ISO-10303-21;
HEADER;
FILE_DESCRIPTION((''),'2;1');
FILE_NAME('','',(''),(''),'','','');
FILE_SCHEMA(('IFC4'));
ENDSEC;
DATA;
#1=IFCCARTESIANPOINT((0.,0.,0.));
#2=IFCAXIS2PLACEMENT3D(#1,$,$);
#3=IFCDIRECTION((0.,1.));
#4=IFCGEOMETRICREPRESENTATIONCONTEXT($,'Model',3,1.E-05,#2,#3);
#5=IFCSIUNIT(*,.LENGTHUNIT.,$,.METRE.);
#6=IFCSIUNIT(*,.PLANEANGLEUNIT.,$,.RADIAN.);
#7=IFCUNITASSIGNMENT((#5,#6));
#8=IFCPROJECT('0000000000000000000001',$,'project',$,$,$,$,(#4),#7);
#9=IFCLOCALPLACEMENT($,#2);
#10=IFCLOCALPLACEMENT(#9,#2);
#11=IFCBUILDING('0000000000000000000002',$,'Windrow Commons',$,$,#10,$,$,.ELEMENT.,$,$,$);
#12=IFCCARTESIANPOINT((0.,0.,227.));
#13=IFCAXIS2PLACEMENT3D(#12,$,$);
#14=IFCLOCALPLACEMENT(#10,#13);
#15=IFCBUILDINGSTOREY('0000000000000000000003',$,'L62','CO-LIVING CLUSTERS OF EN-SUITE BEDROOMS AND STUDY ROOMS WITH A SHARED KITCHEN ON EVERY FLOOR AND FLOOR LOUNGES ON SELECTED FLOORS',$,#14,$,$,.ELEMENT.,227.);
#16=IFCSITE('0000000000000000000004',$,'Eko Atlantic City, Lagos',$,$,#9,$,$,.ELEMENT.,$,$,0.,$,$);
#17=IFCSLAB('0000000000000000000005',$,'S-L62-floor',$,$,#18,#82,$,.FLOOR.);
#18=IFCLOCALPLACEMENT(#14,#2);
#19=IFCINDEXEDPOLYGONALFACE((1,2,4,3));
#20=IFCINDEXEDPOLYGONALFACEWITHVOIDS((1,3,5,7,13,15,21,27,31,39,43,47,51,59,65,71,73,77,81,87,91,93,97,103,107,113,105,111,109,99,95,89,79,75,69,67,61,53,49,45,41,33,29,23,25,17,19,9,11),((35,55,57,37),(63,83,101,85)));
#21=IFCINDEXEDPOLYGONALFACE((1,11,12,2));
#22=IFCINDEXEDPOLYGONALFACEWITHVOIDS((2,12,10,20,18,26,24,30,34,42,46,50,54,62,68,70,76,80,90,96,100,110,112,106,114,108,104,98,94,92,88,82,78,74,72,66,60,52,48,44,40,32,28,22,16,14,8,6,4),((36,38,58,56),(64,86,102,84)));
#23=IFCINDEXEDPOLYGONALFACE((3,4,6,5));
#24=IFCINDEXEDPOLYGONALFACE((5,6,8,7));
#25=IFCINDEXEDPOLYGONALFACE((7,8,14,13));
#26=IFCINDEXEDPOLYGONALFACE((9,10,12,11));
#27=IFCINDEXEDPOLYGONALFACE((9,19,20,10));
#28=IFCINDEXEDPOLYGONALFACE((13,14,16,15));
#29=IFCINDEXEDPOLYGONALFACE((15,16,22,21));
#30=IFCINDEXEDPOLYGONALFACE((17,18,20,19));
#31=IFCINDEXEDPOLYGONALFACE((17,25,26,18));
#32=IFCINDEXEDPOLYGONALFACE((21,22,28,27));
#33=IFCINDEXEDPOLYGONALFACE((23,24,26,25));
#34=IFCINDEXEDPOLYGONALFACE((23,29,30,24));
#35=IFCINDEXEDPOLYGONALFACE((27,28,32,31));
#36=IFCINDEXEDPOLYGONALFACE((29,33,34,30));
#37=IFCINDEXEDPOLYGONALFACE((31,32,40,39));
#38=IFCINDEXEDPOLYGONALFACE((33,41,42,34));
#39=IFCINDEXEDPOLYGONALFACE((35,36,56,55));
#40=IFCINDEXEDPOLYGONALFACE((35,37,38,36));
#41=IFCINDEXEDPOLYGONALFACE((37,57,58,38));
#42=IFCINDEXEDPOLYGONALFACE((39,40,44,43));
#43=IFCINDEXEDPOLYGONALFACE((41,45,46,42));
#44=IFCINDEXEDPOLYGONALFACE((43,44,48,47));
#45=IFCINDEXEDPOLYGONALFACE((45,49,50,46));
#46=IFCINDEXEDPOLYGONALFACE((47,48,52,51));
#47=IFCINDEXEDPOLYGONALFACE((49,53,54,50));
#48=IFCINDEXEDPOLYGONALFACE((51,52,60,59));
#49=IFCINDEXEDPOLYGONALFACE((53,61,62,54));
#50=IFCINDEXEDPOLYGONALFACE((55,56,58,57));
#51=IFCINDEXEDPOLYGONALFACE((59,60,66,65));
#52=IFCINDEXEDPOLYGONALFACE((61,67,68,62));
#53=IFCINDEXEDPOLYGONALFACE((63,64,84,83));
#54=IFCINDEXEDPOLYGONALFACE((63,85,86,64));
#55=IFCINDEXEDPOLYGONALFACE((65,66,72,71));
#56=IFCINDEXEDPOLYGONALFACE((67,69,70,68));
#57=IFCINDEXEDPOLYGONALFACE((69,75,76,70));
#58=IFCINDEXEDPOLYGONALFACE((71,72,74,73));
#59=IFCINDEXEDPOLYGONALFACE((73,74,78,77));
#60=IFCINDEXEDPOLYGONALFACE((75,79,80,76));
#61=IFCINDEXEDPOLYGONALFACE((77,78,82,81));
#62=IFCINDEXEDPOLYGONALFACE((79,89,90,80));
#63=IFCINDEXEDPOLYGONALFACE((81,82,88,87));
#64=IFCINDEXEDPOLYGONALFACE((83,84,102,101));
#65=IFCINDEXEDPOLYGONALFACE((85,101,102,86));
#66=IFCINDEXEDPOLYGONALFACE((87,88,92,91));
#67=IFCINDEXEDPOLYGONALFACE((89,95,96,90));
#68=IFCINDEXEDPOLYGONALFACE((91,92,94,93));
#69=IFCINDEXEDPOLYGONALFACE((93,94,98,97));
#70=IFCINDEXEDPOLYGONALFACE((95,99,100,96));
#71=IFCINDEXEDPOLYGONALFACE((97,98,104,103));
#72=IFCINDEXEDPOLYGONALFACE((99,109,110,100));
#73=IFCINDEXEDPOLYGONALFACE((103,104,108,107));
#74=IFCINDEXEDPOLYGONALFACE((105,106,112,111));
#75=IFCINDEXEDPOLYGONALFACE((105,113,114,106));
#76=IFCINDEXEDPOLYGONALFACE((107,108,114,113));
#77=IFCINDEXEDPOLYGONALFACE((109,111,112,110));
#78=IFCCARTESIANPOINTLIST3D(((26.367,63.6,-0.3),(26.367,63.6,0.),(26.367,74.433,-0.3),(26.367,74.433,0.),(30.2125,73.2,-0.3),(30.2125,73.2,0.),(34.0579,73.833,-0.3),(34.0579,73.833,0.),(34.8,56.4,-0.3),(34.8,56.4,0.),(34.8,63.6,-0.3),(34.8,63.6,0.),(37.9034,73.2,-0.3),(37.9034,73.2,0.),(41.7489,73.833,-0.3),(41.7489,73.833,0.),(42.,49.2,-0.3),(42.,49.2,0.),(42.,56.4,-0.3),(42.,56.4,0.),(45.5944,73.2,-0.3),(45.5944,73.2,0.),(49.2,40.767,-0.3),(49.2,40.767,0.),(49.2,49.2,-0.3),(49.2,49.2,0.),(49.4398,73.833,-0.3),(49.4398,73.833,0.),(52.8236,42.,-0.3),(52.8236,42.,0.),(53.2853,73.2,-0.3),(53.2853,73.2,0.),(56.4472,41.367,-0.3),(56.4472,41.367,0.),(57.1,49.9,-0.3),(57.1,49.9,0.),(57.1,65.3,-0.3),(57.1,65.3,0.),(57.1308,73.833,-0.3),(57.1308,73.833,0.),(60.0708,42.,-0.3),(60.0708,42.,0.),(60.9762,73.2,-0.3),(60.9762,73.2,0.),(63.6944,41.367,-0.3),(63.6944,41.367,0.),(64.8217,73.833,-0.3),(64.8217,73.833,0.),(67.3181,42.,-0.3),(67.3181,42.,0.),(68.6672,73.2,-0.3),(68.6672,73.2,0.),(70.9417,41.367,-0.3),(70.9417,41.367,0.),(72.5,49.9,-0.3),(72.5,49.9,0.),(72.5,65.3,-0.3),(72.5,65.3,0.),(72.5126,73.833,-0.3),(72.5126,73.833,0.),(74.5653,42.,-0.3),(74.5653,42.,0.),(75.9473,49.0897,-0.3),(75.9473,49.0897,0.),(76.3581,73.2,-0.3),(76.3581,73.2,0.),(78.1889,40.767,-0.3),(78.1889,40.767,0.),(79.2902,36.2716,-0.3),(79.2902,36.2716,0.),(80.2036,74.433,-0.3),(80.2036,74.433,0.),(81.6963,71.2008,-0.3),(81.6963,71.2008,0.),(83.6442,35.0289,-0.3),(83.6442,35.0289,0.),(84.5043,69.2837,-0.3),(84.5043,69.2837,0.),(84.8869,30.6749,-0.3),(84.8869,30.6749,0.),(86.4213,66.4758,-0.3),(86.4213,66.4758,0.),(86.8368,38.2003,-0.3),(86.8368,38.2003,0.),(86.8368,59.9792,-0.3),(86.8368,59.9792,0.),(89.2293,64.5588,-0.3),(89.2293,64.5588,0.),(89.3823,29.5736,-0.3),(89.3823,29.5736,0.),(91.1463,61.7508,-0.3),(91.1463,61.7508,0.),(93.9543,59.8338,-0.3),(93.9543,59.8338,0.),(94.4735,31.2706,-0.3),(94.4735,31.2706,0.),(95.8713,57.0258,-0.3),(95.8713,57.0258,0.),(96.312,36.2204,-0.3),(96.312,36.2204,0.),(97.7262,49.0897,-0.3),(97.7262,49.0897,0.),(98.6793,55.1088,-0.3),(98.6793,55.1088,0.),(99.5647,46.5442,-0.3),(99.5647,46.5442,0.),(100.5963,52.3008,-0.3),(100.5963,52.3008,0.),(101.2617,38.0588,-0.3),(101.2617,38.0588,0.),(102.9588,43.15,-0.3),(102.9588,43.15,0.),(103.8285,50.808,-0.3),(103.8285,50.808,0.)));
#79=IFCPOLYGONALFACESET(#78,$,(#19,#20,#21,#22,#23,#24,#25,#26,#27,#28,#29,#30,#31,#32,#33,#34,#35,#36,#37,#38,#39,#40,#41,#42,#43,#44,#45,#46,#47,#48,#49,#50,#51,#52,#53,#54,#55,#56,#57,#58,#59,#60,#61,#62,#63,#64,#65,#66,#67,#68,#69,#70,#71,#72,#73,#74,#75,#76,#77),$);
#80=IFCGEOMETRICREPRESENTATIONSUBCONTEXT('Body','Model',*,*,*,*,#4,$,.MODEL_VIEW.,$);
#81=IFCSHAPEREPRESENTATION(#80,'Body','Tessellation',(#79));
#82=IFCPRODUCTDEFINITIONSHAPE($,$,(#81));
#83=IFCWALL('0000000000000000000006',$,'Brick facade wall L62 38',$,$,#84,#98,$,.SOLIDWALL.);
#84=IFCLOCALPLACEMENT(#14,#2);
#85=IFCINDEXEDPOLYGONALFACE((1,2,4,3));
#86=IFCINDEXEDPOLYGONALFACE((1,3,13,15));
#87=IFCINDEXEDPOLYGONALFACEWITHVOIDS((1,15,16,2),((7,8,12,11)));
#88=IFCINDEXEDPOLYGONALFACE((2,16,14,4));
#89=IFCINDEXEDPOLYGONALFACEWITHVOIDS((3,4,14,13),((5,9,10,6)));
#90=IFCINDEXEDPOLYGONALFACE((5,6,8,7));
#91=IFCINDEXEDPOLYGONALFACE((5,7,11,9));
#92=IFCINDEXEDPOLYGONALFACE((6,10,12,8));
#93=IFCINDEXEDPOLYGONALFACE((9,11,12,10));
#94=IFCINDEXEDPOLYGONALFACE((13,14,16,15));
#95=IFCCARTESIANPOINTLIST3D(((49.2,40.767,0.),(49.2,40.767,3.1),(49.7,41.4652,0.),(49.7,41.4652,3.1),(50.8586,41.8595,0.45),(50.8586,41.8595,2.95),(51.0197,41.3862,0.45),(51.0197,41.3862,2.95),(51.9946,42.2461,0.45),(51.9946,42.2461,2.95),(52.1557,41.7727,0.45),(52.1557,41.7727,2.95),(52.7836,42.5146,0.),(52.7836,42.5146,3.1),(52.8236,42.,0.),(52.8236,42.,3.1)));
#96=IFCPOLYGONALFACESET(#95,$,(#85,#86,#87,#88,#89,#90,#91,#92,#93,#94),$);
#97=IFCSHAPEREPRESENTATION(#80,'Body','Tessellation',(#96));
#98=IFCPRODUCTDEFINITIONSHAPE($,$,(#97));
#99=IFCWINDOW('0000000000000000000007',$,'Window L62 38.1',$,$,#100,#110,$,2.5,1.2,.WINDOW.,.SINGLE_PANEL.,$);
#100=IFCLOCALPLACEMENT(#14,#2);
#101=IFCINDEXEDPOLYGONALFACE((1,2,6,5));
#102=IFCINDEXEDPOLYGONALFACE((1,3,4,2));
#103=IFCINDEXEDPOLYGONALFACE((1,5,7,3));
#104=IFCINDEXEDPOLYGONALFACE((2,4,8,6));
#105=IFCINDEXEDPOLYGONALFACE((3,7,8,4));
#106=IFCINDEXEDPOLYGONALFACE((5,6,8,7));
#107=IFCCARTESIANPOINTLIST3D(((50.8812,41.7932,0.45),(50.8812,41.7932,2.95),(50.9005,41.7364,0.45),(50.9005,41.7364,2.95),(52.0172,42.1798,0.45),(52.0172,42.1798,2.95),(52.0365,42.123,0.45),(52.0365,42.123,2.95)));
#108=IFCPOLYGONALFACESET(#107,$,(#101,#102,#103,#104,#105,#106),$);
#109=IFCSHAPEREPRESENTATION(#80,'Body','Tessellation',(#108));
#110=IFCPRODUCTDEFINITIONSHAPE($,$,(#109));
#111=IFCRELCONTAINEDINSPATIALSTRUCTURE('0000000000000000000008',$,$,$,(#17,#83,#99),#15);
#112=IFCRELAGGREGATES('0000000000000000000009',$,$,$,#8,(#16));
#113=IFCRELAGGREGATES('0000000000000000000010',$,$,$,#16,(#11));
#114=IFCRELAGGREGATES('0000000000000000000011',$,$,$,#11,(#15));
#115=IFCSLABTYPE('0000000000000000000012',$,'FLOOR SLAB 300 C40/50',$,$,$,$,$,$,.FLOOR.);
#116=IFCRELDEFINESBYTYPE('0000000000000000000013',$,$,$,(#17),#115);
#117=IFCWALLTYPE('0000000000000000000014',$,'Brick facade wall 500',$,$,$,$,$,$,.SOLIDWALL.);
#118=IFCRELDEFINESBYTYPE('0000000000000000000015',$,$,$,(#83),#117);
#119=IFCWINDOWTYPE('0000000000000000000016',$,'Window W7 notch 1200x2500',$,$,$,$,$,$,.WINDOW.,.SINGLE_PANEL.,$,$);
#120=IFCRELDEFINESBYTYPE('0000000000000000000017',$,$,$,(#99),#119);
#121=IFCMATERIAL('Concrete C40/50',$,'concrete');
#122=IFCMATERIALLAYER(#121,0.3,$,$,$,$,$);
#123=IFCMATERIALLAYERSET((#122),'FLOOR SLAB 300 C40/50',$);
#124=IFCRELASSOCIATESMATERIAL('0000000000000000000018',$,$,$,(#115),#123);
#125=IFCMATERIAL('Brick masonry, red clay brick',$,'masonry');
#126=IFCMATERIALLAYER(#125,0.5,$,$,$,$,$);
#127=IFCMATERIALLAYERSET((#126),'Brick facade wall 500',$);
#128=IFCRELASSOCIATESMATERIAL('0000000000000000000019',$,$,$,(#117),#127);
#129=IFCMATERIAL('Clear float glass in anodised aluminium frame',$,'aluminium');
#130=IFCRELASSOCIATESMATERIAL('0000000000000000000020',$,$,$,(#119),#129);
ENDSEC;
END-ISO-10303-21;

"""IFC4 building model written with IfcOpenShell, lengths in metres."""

from ifc_helpers import new_model, si_unit, direction, frame, frame_2d, origin, place, context, subcontext, project, spatial, polyline, rectangle, outline, extrude, material, layer, layer_set, type_object, element, fill, save


model = new_model("IFC4")

# Units and contexts
model_context = context("Model", 3, precision=1e-05, world=origin(), true_north=direction((0.0, 1.0)))
body_context = subcontext(model_context, "Body", "Model", "MODEL_VIEW")
ifc_project = project(units=[si_unit("LENGTHUNIT", "METRE"), si_unit("PLANEANGLEUNIT", "RADIAN")], contexts=[model_context])

# Site, building, storey
site_placement = place(None, origin())
site = spatial("IfcSite", under=ifc_project, at=site_placement, Name="Eko Atlantic City, Lagos", CompositionType="ELEMENT", RefElevation=0.0)
building_placement = place(site_placement, origin())
building = spatial("IfcBuilding", under=site, at=building_placement, Name="Windrow Commons", CompositionType="ELEMENT")
storey_placement = place(building_placement, frame((0.0, 0.0, 227.0)))
storey = spatial("IfcBuildingStorey", under=building, at=storey_placement, Name="L62", Description="CO-LIVING CLUSTERS OF EN-SUITE BEDROOMS AND STUDY ROOMS WITH A SHARED KITCHEN ON EVERY FLOOR AND FLOOR LOUNGES ON SELECTED FLOORS", CompositionType="ELEMENT", Elevation=227.0)

# Shared definitions
placement_1 = place(storey_placement, frame((0.0, 0.0, -0.3)))

# Slab, openings
ifc_material_1 = material(Name="Concrete C40/50", Category="concrete")
ifc_layer_1 = layer(ifc_material_1, 0.3)
ifc_layer_set_1 = layer_set([ifc_layer_1], Name="FLOOR SLAB 300 C40/50")
slab_type_1 = type_object("IfcSlabType", Name="FLOOR SLAB 300 C40/50", PredefinedType="FLOOR", material=ifc_layer_set_1)
slab_1 = element("IfcSlab", 1, at=placement_1, inside=storey, type_object=slab_type_1, Name="S-L62-floor", PredefinedType="FLOOR", context=body_context, shape_type="SweptSolid", body=[
    extrude(outline(polyline([(84.8869, 30.6749), (89.3823, 29.5736), (94.4735, 31.2706), (96.312, 36.2204), (101.2617, 38.0588), (102.9588, 43.15), (99.5647, 46.5442), (103.8285, 50.808), (100.5963, 52.3008), (98.6793, 55.1088), (95.8713, 57.0258), (93.9543, 59.8338), (91.1463, 61.7508), (89.2293, 64.5588), (86.4213, 66.4758), (84.5043, 69.2837), (81.6963, 71.2008), (80.2036, 74.433), (76.3581, 73.2), (72.5126, 73.833), (68.6672, 73.2), (64.8217, 73.833), (60.9762, 73.2), (57.1308, 73.833), (53.2853, 73.2), (49.4398, 73.833), (45.5944, 73.2), (41.7489, 73.833), (37.9034, 73.2), (34.0579, 73.833), (30.2125, 73.2), (26.367, 74.433), (26.367, 63.6), (34.8, 63.6), (34.8, 56.4), (42.0, 56.4), (42.0, 49.2), (49.2, 49.2), (49.2, 40.767), (52.8236, 42.0), (56.4472, 41.367), (60.0708, 42.0), (63.6944, 41.367), (67.3181, 42.0), (70.9417, 41.367), (74.5653, 42.0), (78.1889, 40.767), (79.2902, 36.2716), (83.6442, 35.0289), (84.8869, 30.6749)]), holes=[polyline([(75.9473, 49.0897), (86.8368, 59.9792), (97.7262, 49.0897), (86.8368, 38.2003), (75.9473, 49.0897)]), polyline([(57.1, 49.9), (57.1, 65.3), (72.5, 65.3), (72.5, 49.9), (57.1, 49.9)])]), origin(), (0.0, 0.0, 1.0), 0.3),
])
opening_1_placement = place(placement_1, origin())
element("IfcOpeningElement", 2, at=opening_1_placement, cuts=slab_1, PredefinedType="OPENING", context=body_context, shape_type="SweptSolid", body=[
    extrude(outline(polyline([(75.9544, 49.0897), (86.8368, 59.9721), (97.7191, 49.0897), (86.8368, 38.2074), (75.9544, 49.0897)])), origin(), (0.0, 0.0, 1.0), 0.3),
])
opening_2_placement = place(placement_1, origin())
element("IfcOpeningElement", 3, at=opening_2_placement, cuts=slab_1, PredefinedType="OPENING", context=body_context, shape_type="SweptSolid", body=[
    extrude(outline(polyline([(57.105, 49.905), (57.105, 65.295), (72.495, 65.295), (72.495, 49.905), (57.105, 49.905)])), origin(), (0.0, 0.0, 1.0), 0.3),
])

# Wall, opening, window
ifc_material_2 = material(Name="Brick masonry, red clay brick", Category="masonry")
ifc_layer_2 = layer(ifc_material_2, 0.5)
ifc_layer_set_2 = layer_set([ifc_layer_2], Name="Brick facade wall 500")
wall_type = type_object("IfcWallType", Name="Brick facade wall 500", PredefinedType="SOLIDWALL", material=ifc_layer_set_2)
wall_placement = place(storey_placement, frame((49.45, 41.1161, 0.0), z_axis=(0.0, 0.0, 1.0), x_axis=(0.946689, 0.32215, 0.0)))
wall = element("IfcWall", 4, at=wall_placement, inside=storey, type_object=wall_type, Name="Brick facade wall L62 38", PredefinedType="SOLIDWALL", context=body_context, shape_type="SweptSolid", body=[
    extrude(outline(polyline([(-0.3491, -0.25), (3.4785, -0.25), (3.6064, 0.25), (0.3491, 0.25), (-0.3491, -0.25)])), origin(), (0.0, 0.0, 1.0), 3.1),
])
opening_3_placement = place(wall_placement, frame((1.573, 0.0, 0.45)))
opening_3 = element("IfcOpeningElement", 5, at=opening_3_placement, cuts=wall, PredefinedType="OPENING", context=body_context, shape_type="SweptSolid", body=[
    extrude(rectangle(XDim=1.2, YDim=2.5, at=frame_2d((0.6, 1.25))), frame((0.0, 0.26, 0.0), z_axis=(0.0, -1.0, 0.0), x_axis=(1.0, 0.0, 0.0)), (0.0, 0.0, 1.0), 0.52),
])
ifc_material_3 = material(Name="Clear float glass in anodised aluminium frame", Category="aluminium")
window_type = type_object("IfcWindowType", Name="Window W7 notch 1200x2500", PartitioningType="SINGLE_PANEL", PredefinedType="WINDOW", material=ifc_material_3)
window_placement = place(opening_3_placement, origin())
window = element("IfcWindow", 6, at=window_placement, inside=storey, type_object=window_type, Name="Window L62 38.1", OverallHeight=2.5, OverallWidth=1.2, PartitioningType="SINGLE_PANEL", PredefinedType="WINDOW", context=body_context, shape_type="SweptSolid", body=[
    extrude(rectangle(XDim=1.2, YDim=2.5, at=frame_2d((0.6, 1.25))), frame((0.0, 0.18, 0.0), z_axis=(0.0, -1.0, 0.0), x_axis=(1.0, 0.0, 0.0)), (0.0, 0.0, 1.0), 0.06),
])
fill(opening_3, window)

save(model, "model.ifc")
